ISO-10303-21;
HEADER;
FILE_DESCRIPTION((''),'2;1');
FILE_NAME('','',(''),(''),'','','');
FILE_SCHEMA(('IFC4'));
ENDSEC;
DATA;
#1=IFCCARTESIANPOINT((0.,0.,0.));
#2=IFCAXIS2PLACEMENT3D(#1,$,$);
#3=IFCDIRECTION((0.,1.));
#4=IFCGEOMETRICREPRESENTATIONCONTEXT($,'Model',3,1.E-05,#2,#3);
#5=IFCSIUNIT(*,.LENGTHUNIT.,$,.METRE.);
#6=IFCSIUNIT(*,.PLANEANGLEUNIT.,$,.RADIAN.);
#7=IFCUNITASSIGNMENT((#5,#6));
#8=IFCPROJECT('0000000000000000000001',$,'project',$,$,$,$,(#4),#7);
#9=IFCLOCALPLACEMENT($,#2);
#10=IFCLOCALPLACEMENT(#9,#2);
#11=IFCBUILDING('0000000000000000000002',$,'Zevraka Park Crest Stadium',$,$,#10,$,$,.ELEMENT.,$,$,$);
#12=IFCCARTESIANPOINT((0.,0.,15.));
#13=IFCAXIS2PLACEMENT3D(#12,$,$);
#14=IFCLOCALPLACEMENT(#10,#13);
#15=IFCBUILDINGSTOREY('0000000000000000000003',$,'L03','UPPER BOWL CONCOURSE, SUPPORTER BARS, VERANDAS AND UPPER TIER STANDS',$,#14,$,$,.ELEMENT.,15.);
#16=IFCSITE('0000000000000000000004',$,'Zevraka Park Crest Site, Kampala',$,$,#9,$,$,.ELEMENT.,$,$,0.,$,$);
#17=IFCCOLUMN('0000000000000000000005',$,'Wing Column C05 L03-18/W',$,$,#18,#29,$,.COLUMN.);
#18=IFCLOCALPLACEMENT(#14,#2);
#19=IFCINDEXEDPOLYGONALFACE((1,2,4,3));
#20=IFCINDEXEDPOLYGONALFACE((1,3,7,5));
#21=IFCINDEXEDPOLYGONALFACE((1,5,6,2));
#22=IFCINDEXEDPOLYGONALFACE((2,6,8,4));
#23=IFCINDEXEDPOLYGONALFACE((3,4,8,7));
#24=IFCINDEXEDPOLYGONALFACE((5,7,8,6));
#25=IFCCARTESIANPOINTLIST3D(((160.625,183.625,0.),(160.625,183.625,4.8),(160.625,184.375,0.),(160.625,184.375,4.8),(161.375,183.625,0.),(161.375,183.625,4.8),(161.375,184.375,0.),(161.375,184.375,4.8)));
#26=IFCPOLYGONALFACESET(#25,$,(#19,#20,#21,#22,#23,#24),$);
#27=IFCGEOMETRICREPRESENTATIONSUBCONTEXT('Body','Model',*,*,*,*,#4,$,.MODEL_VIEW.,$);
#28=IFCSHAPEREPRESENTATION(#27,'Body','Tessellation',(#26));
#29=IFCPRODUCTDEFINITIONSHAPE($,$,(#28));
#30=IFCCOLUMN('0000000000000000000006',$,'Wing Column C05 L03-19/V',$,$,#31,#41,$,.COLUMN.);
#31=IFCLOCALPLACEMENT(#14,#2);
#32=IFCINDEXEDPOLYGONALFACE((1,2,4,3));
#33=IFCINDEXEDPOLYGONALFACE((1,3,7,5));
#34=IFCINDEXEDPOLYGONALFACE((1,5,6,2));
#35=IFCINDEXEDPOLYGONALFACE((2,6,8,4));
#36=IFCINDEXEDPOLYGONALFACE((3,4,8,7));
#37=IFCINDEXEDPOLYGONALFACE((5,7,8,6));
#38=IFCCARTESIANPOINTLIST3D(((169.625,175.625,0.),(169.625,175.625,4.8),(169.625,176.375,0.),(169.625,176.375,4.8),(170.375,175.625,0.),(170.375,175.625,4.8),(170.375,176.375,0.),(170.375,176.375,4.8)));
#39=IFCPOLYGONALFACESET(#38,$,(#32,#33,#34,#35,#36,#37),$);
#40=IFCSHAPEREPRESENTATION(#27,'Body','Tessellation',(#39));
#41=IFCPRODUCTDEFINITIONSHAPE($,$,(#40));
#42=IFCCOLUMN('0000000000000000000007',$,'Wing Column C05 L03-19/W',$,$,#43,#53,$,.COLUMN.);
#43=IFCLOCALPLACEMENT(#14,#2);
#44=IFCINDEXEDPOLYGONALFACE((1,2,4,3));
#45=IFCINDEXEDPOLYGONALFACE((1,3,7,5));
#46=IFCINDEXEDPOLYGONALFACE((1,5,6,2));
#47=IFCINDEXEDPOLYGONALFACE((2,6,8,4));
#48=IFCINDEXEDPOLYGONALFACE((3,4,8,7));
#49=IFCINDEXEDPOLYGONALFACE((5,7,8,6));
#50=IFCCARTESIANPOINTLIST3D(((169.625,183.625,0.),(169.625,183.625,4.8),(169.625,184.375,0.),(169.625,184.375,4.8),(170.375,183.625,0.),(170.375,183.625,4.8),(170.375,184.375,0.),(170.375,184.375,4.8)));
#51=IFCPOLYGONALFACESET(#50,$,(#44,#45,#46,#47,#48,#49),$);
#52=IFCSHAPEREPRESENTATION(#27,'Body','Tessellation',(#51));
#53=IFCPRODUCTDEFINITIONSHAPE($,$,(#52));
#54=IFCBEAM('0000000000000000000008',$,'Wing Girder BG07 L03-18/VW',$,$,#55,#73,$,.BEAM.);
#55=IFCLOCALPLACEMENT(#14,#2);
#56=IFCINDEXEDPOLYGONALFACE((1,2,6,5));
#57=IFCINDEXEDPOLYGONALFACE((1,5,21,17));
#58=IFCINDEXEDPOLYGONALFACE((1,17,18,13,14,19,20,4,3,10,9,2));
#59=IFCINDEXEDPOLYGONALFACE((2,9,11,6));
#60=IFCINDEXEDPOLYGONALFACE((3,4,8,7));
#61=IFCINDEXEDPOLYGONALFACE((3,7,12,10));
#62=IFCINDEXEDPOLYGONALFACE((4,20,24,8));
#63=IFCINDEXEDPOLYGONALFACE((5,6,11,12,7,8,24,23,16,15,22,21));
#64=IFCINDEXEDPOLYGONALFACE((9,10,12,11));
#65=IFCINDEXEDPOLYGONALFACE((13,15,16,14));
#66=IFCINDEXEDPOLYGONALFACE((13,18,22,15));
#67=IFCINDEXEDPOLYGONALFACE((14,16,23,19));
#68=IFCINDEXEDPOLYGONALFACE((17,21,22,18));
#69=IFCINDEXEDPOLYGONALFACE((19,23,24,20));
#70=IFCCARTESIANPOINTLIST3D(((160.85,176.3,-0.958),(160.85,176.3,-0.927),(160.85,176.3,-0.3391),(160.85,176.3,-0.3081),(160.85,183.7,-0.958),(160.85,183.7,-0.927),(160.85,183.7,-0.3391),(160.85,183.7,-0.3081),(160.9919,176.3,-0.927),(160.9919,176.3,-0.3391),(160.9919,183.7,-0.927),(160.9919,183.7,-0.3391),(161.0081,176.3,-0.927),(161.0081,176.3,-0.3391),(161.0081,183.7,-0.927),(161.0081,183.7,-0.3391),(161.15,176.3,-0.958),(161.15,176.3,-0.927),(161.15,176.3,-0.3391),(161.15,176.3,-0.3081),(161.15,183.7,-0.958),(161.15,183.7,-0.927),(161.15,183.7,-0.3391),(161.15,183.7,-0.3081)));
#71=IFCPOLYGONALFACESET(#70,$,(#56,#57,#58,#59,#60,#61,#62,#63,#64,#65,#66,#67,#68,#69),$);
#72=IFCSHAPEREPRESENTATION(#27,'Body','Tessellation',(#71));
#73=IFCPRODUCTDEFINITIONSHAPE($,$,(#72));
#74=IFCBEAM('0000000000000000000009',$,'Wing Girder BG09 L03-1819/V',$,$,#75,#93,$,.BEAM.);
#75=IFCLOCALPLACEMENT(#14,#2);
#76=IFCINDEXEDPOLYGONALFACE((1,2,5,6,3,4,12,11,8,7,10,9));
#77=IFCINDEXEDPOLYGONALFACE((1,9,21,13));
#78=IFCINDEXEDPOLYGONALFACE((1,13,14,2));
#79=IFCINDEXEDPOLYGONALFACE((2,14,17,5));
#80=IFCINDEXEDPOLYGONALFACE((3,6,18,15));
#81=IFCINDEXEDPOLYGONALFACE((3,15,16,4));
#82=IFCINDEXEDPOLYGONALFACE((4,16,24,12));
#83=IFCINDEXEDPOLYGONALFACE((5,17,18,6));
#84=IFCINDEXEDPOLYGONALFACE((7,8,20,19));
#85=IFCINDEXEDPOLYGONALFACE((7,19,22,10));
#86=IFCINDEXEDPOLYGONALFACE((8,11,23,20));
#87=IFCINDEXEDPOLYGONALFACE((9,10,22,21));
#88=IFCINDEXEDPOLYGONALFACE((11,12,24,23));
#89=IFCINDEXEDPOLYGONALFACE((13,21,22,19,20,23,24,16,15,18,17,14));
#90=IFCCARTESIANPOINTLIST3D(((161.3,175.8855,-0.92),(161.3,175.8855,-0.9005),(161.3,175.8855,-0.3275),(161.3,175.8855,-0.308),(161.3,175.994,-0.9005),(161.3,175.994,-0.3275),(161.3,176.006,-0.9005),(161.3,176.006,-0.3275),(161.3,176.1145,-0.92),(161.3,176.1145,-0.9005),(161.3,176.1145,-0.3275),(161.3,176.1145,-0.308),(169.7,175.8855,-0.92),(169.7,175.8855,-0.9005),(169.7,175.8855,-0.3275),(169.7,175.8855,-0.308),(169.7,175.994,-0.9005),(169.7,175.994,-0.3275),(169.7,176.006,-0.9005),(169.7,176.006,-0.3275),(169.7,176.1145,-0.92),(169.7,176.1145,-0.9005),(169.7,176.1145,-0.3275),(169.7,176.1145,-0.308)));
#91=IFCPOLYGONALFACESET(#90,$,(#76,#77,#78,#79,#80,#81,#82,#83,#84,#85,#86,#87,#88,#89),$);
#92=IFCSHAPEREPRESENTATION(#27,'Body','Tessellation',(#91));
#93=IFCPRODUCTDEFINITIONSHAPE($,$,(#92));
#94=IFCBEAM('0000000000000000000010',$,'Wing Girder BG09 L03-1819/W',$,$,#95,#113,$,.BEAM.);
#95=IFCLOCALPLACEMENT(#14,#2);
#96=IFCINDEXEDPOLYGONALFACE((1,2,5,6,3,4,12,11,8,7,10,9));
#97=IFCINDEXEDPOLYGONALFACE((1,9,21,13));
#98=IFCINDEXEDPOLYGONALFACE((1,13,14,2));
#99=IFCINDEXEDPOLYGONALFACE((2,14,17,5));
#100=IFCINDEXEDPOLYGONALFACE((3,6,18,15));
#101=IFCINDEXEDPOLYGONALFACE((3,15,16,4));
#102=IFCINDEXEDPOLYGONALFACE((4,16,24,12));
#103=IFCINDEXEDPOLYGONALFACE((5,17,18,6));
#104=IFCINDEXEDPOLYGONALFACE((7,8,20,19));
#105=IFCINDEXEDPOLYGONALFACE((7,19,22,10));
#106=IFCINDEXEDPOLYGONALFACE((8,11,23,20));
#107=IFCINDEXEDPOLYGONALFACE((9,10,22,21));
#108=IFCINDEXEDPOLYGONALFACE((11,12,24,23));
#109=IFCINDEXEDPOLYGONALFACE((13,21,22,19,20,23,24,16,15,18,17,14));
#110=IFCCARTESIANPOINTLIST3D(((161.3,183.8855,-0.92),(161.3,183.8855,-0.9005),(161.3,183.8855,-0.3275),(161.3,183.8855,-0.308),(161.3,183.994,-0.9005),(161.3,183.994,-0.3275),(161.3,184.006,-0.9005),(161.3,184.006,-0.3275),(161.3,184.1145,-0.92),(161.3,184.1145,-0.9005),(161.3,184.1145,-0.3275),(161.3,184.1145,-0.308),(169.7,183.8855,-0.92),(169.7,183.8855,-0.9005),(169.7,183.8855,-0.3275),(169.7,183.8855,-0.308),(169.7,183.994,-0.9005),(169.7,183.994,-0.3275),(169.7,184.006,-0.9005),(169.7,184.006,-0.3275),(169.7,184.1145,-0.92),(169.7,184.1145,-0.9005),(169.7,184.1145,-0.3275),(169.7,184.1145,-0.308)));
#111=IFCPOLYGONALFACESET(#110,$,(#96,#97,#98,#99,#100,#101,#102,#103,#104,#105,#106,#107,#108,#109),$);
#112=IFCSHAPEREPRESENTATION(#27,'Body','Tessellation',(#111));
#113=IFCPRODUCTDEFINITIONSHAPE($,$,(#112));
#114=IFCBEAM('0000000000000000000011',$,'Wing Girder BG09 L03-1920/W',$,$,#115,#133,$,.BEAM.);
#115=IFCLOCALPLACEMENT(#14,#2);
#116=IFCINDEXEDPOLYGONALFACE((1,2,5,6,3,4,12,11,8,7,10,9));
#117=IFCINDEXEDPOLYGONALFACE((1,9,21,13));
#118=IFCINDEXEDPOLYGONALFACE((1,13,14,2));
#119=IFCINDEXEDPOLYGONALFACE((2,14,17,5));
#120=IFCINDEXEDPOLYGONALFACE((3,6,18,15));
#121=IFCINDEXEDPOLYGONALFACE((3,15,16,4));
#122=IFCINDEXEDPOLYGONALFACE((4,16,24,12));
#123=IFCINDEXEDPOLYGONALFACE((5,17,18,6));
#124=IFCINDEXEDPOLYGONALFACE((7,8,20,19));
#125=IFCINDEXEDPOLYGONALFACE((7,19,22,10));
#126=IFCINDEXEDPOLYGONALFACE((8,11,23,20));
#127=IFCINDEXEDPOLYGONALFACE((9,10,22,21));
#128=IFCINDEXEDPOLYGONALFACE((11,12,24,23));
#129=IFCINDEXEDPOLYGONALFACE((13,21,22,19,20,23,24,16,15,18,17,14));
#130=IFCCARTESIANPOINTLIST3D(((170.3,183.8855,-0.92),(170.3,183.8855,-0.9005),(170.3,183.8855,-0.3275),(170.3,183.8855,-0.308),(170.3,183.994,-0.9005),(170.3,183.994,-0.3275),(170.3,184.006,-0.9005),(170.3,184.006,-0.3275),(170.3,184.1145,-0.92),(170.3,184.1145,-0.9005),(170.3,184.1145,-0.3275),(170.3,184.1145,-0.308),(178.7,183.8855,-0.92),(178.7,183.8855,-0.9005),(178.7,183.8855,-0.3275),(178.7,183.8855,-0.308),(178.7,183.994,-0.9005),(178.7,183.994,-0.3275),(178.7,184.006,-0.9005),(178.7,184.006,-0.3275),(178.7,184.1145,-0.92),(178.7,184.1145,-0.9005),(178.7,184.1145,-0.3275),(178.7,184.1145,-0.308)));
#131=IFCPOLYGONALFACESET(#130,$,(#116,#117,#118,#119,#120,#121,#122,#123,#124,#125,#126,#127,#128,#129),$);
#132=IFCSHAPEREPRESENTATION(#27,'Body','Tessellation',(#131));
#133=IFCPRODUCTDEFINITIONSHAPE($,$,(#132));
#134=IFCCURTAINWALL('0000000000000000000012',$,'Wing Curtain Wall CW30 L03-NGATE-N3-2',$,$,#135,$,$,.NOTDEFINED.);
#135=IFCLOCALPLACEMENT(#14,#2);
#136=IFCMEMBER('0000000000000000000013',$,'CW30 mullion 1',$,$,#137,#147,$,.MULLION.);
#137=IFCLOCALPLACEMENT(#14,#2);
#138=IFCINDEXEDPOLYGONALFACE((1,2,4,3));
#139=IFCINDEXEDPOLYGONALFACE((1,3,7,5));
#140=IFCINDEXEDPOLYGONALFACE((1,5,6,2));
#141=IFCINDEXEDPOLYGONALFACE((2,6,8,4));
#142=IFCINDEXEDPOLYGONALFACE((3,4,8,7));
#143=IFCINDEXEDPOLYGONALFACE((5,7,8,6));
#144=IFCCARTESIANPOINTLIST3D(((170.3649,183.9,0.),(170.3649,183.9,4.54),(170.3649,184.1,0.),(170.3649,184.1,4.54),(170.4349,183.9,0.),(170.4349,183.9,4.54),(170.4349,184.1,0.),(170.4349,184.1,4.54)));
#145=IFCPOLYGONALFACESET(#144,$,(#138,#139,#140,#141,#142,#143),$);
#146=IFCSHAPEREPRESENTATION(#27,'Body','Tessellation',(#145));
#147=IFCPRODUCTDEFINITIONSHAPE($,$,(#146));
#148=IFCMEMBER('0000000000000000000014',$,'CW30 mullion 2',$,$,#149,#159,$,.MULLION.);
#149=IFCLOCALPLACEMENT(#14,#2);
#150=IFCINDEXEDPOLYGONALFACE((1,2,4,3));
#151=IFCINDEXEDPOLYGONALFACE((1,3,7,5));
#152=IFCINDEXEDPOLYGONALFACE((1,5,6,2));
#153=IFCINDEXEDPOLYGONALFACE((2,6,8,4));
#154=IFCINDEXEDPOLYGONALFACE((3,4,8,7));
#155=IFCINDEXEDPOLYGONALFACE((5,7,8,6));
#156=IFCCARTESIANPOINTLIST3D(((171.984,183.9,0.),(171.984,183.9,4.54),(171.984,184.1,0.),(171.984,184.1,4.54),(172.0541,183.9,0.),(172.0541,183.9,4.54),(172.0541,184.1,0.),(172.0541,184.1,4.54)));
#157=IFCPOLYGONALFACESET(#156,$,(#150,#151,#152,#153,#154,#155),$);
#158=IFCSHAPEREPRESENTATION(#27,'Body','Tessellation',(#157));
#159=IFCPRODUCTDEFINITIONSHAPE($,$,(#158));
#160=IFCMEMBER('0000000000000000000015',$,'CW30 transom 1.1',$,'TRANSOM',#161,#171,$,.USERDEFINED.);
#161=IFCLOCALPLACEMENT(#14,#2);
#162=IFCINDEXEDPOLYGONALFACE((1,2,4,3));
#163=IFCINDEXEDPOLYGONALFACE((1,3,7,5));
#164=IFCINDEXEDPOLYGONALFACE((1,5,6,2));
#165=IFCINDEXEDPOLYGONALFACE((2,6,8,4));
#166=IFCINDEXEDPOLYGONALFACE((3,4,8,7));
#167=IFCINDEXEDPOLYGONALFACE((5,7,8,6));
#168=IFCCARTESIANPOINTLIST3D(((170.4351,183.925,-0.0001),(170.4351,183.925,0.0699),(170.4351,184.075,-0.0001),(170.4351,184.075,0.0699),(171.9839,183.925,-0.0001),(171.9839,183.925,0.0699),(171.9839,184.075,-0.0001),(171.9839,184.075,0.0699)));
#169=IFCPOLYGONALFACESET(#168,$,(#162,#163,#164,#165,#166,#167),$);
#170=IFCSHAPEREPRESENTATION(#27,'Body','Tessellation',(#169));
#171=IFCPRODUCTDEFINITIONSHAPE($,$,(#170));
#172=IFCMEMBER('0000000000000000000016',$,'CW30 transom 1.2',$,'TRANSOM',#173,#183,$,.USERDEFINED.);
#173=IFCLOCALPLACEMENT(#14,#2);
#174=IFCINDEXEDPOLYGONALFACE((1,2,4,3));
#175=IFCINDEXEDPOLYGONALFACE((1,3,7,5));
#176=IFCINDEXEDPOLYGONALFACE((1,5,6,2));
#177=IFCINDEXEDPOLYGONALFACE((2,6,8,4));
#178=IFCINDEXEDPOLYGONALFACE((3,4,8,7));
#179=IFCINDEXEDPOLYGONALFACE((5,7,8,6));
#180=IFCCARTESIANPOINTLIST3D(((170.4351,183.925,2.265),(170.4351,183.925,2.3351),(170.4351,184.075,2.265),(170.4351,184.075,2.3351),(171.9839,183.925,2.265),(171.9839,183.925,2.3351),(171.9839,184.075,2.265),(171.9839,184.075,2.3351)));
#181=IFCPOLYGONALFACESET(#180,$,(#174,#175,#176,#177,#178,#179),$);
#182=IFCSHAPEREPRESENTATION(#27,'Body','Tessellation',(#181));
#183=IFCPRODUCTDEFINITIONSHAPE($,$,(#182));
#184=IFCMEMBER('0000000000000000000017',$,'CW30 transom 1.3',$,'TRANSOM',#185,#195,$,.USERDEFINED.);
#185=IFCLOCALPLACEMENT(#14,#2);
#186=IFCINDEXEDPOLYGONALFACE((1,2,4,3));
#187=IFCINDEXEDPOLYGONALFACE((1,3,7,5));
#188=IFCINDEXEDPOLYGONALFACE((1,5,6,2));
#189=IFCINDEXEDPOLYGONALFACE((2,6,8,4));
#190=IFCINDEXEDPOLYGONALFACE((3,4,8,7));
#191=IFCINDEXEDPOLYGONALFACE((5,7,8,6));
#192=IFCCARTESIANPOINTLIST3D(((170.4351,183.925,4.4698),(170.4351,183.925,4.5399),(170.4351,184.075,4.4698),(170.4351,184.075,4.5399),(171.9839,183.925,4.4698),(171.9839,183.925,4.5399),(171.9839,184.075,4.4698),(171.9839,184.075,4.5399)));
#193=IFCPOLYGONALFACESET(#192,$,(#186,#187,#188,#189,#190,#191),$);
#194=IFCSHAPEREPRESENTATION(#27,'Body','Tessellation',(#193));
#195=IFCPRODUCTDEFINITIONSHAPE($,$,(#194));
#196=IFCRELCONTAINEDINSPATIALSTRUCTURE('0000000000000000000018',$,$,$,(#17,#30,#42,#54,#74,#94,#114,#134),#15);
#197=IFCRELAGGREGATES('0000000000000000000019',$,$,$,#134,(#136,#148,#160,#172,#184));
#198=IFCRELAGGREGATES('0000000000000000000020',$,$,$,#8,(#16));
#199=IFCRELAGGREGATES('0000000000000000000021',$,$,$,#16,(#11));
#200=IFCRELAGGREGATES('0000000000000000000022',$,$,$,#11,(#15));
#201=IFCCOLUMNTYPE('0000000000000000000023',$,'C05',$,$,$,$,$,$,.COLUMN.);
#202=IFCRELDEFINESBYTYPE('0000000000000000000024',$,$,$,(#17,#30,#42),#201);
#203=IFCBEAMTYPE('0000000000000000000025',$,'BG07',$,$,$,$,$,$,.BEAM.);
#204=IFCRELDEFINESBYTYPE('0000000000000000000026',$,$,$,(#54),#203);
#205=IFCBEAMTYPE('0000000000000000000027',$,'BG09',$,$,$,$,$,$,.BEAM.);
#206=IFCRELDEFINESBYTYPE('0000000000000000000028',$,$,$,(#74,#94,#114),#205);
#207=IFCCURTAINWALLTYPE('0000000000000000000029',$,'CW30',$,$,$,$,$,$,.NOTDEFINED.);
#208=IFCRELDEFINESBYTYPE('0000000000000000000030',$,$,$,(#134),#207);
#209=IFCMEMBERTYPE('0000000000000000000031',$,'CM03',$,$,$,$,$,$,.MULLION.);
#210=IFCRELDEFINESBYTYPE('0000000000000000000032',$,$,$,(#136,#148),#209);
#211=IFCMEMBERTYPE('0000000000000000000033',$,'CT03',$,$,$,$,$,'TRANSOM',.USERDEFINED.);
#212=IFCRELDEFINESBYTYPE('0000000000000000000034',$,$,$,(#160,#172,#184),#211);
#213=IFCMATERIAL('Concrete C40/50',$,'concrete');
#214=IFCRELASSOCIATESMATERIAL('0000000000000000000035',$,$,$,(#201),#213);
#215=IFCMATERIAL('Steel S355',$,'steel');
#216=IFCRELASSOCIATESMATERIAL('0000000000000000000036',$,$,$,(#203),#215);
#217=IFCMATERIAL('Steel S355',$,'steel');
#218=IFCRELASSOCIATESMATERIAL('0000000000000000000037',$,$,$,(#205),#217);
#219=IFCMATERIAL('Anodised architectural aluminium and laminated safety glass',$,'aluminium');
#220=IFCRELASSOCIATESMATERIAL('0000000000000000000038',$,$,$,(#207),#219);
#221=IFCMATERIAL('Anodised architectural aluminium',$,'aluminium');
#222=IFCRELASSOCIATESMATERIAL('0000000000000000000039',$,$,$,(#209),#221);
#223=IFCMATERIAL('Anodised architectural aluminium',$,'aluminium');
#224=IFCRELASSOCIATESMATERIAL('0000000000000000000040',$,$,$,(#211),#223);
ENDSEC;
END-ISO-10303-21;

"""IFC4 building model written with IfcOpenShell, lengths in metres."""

from ifc_helpers import new_model, si_unit, direction, frame, origin, origin_2d, place, context, subcontext, project, spatial, rectangle, i_section, extrude, material, material_profile, profile_set, type_object, element, aggregate, save


model = new_model("IFC4")

# Units and contexts
model_context = context("Model", 3, precision=1e-05, world=origin(), true_north=direction((0.0, 1.0)))
body_context = subcontext(model_context, "Body", "Model", "MODEL_VIEW")
ifc_project = project(units=[si_unit("LENGTHUNIT", "METRE"), si_unit("PLANEANGLEUNIT", "RADIAN")], contexts=[model_context])

# Site, building, storey
site_placement = place(None, origin())
site = spatial("IfcSite", under=ifc_project, at=site_placement, Name="Zevraka Park Crest Site, Kampala", CompositionType="ELEMENT", RefElevation=0.0)
building_placement = place(site_placement, origin())
building = spatial("IfcBuilding", under=site, at=building_placement, Name="Zevraka Park Crest Stadium", CompositionType="ELEMENT")
storey_placement = place(building_placement, frame((0.0, 0.0, 15.0)))
storey = spatial("IfcBuildingStorey", under=building, at=storey_placement, Name="L03", Description="UPPER BOWL CONCOURSE, SUPPORTER BARS, VERANDAS AND UPPER TIER STANDS", CompositionType="ELEMENT", Elevation=15.0)

# Columns
ifc_material_1 = material(Name="Concrete C40/50", Category="concrete")
ifc_material_profile_1 = material_profile(ifc_material_1, rectangle(XDim=0.75, YDim=0.75, at=origin_2d()), Name="RC 750x750")
ifc_profile_set_1 = profile_set([ifc_material_profile_1], Name="Concrete C40/50")
column_type = type_object("IfcColumnType", Name="C05", PredefinedType="COLUMN", material=ifc_profile_set_1)
for number, where, z_axis, x_axis, name in (
    (1, (161.0, 184.0, 0.0), (0.0, 0.0, 1.0), (1.0, 0.0, 0.0), "Wing Column C05 L03-18/W"),
    (2, (170.0, 176.0, 0.0), (0.0, 0.0, 1.0), (1.0, 0.0, 0.0), "Wing Column C05 L03-19/V"),
    (3, (170.0, 184.0, 0.0), (0.0, 0.0, 1.0), (1.0, 0.0, 0.0), "Wing Column C05 L03-19/W"),
):
    element("IfcColumn", number, at=place(storey_placement, frame(where, z_axis=z_axis, x_axis=x_axis)), inside=storey, type_object=column_type, Name=name, PredefinedType="COLUMN", context=body_context, shape_type="SweptSolid", body=[
        extrude(rectangle(XDim=0.75, YDim=0.75, at=origin_2d()), origin(), (0.0, 0.0, 1.0), 4.8),
    ])

# Beams
ifc_material_2 = material(Name="Steel S355", Category="steel")
ifc_material_profile_2 = material_profile(ifc_material_2, i_section(OverallWidth=0.3, OverallDepth=0.6499, WebThickness=0.0161, FlangeThickness=0.031, at=origin_2d()), Name="HEB 650")
ifc_profile_set_2 = profile_set([ifc_material_profile_2], Name="Steel S355")
beam_type_1 = type_object("IfcBeamType", Name="BG07", PredefinedType="BEAM", material=ifc_profile_set_2)
beam_placement = place(storey_placement, frame((161.0, 176.3, -0.6331), z_axis=(0.0, 1.0, 0.0), x_axis=(-1.0, 0.0, 0.0)))
element("IfcBeam", 4, at=beam_placement, inside=storey, type_object=beam_type_1, Name="Wing Girder BG07 L03-18/VW", PredefinedType="BEAM", context=body_context, shape_type="SweptSolid", body=[
    extrude(i_section(OverallWidth=0.3, OverallDepth=0.6499, WebThickness=0.0161, FlangeThickness=0.031, at=origin_2d()), origin(), (0.0, 0.0, 1.0), 7.3999),
])
ifc_material_3 = material(Name="Steel S355", Category="steel")
ifc_material_profile_3 = material_profile(ifc_material_3, i_section(OverallWidth=0.229, OverallDepth=0.6121, WebThickness=0.012, FlangeThickness=0.0195, at=origin_2d()), Name="UKB 610x229x125")
ifc_profile_set_3 = profile_set([ifc_material_profile_3], Name="Steel S355")
beam_type_2 = type_object("IfcBeamType", Name="BG09", PredefinedType="BEAM", material=ifc_profile_set_3)
for number, where, z_axis, x_axis, name in (
    (5, (161.3, 176.0, -0.614), (1.0, 0.0, 0.0), (0.0, 1.0, 0.0), "Wing Girder BG09 L03-1819/V"),
    (6, (161.3, 184.0, -0.614), (1.0, 0.0, 0.0), (0.0, 1.0, 0.0), "Wing Girder BG09 L03-1819/W"),
    (7, (170.3, 184.0, -0.614), (1.0, 0.0, 0.0), (0.0, 1.0, 0.0), "Wing Girder BG09 L03-1920/W"),
):
    element("IfcBeam", number, at=place(storey_placement, frame(where, z_axis=z_axis, x_axis=x_axis)), inside=storey, type_object=beam_type_2, Name=name, PredefinedType="BEAM", context=body_context, shape_type="SweptSolid", body=[
        extrude(i_section(OverallWidth=0.229, OverallDepth=0.6121, WebThickness=0.012, FlangeThickness=0.0195, at=origin_2d()), origin(), (0.0, 0.0, 1.0), 8.3999),
    ])

# Curtain wall, members
ifc_material_4 = material(Name="Anodised architectural aluminium and laminated safety glass", Category="aluminium")
curtain_wall_type = type_object("IfcCurtainWallType", Name="CW30", PredefinedType="NOTDEFINED", material=ifc_material_4)
curtain_wall_placement = place(storey_placement, origin())
curtain_wall = element("IfcCurtainWall", 8, at=curtain_wall_placement, inside=storey, type_object=curtain_wall_type, Name="Wing Curtain Wall CW30 L03-NGATE-N3-2", PredefinedType="NOTDEFINED")
ifc_material_5 = material(Name="Anodised architectural aluminium", Category="aluminium")
ifc_material_profile_4 = material_profile(ifc_material_5, rectangle(XDim=0.2, YDim=0.0701, at=origin_2d()), Name="ALU MULLION 200x70")
ifc_profile_set_4 = profile_set([ifc_material_profile_4], Name="Anodised architectural aluminium")
member_type_1 = type_object("IfcMemberType", Name="CM03", PredefinedType="MULLION", material=ifc_profile_set_4)
member_1_placement = place(storey_placement, frame((170.3999, 184.0, 0.0), z_axis=(0.0, 0.0, 1.0), x_axis=(0.0, 1.0, 0.0)))
member_1 = element("IfcMember", 9, at=member_1_placement, type_object=member_type_1, Name="CW30 mullion 1", PredefinedType="MULLION", context=body_context, shape_type="SweptSolid", body=[
    extrude(rectangle(XDim=0.2, YDim=0.0701, at=origin_2d()), origin(), (0.0, 0.0, 1.0), 4.54),
])
member_2_placement = place(storey_placement, frame((172.019, 184.0, 0.0), z_axis=(0.0, 0.0, 1.0), x_axis=(0.0, 1.0, 0.0)))
member_2 = element("IfcMember", 10, at=member_2_placement, type_object=member_type_1, Name="CW30 mullion 2", PredefinedType="MULLION", context=body_context, shape_type="SweptSolid", body=[
    extrude(rectangle(XDim=0.2, YDim=0.0701, at=origin_2d()), origin(), (0.0, 0.0, 1.0), 4.54),
])
ifc_material_6 = material(Name="Anodised architectural aluminium", Category="aluminium")
ifc_material_profile_5 = material_profile(ifc_material_6, rectangle(XDim=0.1499, YDim=0.0701, at=origin_2d()), Name="ALU TRANSOM 150x70")
ifc_profile_set_5 = profile_set([ifc_material_profile_5], Name="Anodised architectural aluminium")
member_type_2 = type_object("IfcMemberType", Name="CT03", ElementType="TRANSOM", PredefinedType="USERDEFINED", material=ifc_profile_set_5)
member_3_placement = place(storey_placement, frame((170.4351, 184.0, 0.0349), z_axis=(1.0, 0.0, 0.0), x_axis=(0.0, 1.0, 0.0)))
member_3 = element("IfcMember", 11, at=member_3_placement, type_object=member_type_2, Name="CW30 transom 1.1", ObjectType="TRANSOM", PredefinedType="USERDEFINED", context=body_context, shape_type="SweptSolid", body=[
    extrude(rectangle(XDim=0.1499, YDim=0.0701, at=origin_2d()), origin(), (0.0, 0.0, 1.0), 1.5488),
])
member_4_placement = place(storey_placement, frame((170.4351, 184.0, 2.3), z_axis=(1.0, 0.0, 0.0), x_axis=(0.0, 1.0, 0.0)))
member_4 = element("IfcMember", 12, at=member_4_placement, type_object=member_type_2, Name="CW30 transom 1.2", ObjectType="TRANSOM", PredefinedType="USERDEFINED", context=body_context, shape_type="SweptSolid", body=[
    extrude(rectangle(XDim=0.1499, YDim=0.0701, at=origin_2d()), origin(), (0.0, 0.0, 1.0), 1.5488),
])
member_5_placement = place(storey_placement, frame((170.4351, 184.0, 4.5049), z_axis=(1.0, 0.0, 0.0), x_axis=(0.0, 1.0, 0.0)))
member_5 = element("IfcMember", 13, at=member_5_placement, type_object=member_type_2, Name="CW30 transom 1.3", ObjectType="TRANSOM", PredefinedType="USERDEFINED", context=body_context, shape_type="SweptSolid", body=[
    extrude(rectangle(XDim=0.1499, YDim=0.0701, at=origin_2d()), origin(), (0.0, 0.0, 1.0), 1.5488),
])
aggregate(curtain_wall, [member_1, member_2, member_3, member_4, member_5])

save(model, "model.ifc")
